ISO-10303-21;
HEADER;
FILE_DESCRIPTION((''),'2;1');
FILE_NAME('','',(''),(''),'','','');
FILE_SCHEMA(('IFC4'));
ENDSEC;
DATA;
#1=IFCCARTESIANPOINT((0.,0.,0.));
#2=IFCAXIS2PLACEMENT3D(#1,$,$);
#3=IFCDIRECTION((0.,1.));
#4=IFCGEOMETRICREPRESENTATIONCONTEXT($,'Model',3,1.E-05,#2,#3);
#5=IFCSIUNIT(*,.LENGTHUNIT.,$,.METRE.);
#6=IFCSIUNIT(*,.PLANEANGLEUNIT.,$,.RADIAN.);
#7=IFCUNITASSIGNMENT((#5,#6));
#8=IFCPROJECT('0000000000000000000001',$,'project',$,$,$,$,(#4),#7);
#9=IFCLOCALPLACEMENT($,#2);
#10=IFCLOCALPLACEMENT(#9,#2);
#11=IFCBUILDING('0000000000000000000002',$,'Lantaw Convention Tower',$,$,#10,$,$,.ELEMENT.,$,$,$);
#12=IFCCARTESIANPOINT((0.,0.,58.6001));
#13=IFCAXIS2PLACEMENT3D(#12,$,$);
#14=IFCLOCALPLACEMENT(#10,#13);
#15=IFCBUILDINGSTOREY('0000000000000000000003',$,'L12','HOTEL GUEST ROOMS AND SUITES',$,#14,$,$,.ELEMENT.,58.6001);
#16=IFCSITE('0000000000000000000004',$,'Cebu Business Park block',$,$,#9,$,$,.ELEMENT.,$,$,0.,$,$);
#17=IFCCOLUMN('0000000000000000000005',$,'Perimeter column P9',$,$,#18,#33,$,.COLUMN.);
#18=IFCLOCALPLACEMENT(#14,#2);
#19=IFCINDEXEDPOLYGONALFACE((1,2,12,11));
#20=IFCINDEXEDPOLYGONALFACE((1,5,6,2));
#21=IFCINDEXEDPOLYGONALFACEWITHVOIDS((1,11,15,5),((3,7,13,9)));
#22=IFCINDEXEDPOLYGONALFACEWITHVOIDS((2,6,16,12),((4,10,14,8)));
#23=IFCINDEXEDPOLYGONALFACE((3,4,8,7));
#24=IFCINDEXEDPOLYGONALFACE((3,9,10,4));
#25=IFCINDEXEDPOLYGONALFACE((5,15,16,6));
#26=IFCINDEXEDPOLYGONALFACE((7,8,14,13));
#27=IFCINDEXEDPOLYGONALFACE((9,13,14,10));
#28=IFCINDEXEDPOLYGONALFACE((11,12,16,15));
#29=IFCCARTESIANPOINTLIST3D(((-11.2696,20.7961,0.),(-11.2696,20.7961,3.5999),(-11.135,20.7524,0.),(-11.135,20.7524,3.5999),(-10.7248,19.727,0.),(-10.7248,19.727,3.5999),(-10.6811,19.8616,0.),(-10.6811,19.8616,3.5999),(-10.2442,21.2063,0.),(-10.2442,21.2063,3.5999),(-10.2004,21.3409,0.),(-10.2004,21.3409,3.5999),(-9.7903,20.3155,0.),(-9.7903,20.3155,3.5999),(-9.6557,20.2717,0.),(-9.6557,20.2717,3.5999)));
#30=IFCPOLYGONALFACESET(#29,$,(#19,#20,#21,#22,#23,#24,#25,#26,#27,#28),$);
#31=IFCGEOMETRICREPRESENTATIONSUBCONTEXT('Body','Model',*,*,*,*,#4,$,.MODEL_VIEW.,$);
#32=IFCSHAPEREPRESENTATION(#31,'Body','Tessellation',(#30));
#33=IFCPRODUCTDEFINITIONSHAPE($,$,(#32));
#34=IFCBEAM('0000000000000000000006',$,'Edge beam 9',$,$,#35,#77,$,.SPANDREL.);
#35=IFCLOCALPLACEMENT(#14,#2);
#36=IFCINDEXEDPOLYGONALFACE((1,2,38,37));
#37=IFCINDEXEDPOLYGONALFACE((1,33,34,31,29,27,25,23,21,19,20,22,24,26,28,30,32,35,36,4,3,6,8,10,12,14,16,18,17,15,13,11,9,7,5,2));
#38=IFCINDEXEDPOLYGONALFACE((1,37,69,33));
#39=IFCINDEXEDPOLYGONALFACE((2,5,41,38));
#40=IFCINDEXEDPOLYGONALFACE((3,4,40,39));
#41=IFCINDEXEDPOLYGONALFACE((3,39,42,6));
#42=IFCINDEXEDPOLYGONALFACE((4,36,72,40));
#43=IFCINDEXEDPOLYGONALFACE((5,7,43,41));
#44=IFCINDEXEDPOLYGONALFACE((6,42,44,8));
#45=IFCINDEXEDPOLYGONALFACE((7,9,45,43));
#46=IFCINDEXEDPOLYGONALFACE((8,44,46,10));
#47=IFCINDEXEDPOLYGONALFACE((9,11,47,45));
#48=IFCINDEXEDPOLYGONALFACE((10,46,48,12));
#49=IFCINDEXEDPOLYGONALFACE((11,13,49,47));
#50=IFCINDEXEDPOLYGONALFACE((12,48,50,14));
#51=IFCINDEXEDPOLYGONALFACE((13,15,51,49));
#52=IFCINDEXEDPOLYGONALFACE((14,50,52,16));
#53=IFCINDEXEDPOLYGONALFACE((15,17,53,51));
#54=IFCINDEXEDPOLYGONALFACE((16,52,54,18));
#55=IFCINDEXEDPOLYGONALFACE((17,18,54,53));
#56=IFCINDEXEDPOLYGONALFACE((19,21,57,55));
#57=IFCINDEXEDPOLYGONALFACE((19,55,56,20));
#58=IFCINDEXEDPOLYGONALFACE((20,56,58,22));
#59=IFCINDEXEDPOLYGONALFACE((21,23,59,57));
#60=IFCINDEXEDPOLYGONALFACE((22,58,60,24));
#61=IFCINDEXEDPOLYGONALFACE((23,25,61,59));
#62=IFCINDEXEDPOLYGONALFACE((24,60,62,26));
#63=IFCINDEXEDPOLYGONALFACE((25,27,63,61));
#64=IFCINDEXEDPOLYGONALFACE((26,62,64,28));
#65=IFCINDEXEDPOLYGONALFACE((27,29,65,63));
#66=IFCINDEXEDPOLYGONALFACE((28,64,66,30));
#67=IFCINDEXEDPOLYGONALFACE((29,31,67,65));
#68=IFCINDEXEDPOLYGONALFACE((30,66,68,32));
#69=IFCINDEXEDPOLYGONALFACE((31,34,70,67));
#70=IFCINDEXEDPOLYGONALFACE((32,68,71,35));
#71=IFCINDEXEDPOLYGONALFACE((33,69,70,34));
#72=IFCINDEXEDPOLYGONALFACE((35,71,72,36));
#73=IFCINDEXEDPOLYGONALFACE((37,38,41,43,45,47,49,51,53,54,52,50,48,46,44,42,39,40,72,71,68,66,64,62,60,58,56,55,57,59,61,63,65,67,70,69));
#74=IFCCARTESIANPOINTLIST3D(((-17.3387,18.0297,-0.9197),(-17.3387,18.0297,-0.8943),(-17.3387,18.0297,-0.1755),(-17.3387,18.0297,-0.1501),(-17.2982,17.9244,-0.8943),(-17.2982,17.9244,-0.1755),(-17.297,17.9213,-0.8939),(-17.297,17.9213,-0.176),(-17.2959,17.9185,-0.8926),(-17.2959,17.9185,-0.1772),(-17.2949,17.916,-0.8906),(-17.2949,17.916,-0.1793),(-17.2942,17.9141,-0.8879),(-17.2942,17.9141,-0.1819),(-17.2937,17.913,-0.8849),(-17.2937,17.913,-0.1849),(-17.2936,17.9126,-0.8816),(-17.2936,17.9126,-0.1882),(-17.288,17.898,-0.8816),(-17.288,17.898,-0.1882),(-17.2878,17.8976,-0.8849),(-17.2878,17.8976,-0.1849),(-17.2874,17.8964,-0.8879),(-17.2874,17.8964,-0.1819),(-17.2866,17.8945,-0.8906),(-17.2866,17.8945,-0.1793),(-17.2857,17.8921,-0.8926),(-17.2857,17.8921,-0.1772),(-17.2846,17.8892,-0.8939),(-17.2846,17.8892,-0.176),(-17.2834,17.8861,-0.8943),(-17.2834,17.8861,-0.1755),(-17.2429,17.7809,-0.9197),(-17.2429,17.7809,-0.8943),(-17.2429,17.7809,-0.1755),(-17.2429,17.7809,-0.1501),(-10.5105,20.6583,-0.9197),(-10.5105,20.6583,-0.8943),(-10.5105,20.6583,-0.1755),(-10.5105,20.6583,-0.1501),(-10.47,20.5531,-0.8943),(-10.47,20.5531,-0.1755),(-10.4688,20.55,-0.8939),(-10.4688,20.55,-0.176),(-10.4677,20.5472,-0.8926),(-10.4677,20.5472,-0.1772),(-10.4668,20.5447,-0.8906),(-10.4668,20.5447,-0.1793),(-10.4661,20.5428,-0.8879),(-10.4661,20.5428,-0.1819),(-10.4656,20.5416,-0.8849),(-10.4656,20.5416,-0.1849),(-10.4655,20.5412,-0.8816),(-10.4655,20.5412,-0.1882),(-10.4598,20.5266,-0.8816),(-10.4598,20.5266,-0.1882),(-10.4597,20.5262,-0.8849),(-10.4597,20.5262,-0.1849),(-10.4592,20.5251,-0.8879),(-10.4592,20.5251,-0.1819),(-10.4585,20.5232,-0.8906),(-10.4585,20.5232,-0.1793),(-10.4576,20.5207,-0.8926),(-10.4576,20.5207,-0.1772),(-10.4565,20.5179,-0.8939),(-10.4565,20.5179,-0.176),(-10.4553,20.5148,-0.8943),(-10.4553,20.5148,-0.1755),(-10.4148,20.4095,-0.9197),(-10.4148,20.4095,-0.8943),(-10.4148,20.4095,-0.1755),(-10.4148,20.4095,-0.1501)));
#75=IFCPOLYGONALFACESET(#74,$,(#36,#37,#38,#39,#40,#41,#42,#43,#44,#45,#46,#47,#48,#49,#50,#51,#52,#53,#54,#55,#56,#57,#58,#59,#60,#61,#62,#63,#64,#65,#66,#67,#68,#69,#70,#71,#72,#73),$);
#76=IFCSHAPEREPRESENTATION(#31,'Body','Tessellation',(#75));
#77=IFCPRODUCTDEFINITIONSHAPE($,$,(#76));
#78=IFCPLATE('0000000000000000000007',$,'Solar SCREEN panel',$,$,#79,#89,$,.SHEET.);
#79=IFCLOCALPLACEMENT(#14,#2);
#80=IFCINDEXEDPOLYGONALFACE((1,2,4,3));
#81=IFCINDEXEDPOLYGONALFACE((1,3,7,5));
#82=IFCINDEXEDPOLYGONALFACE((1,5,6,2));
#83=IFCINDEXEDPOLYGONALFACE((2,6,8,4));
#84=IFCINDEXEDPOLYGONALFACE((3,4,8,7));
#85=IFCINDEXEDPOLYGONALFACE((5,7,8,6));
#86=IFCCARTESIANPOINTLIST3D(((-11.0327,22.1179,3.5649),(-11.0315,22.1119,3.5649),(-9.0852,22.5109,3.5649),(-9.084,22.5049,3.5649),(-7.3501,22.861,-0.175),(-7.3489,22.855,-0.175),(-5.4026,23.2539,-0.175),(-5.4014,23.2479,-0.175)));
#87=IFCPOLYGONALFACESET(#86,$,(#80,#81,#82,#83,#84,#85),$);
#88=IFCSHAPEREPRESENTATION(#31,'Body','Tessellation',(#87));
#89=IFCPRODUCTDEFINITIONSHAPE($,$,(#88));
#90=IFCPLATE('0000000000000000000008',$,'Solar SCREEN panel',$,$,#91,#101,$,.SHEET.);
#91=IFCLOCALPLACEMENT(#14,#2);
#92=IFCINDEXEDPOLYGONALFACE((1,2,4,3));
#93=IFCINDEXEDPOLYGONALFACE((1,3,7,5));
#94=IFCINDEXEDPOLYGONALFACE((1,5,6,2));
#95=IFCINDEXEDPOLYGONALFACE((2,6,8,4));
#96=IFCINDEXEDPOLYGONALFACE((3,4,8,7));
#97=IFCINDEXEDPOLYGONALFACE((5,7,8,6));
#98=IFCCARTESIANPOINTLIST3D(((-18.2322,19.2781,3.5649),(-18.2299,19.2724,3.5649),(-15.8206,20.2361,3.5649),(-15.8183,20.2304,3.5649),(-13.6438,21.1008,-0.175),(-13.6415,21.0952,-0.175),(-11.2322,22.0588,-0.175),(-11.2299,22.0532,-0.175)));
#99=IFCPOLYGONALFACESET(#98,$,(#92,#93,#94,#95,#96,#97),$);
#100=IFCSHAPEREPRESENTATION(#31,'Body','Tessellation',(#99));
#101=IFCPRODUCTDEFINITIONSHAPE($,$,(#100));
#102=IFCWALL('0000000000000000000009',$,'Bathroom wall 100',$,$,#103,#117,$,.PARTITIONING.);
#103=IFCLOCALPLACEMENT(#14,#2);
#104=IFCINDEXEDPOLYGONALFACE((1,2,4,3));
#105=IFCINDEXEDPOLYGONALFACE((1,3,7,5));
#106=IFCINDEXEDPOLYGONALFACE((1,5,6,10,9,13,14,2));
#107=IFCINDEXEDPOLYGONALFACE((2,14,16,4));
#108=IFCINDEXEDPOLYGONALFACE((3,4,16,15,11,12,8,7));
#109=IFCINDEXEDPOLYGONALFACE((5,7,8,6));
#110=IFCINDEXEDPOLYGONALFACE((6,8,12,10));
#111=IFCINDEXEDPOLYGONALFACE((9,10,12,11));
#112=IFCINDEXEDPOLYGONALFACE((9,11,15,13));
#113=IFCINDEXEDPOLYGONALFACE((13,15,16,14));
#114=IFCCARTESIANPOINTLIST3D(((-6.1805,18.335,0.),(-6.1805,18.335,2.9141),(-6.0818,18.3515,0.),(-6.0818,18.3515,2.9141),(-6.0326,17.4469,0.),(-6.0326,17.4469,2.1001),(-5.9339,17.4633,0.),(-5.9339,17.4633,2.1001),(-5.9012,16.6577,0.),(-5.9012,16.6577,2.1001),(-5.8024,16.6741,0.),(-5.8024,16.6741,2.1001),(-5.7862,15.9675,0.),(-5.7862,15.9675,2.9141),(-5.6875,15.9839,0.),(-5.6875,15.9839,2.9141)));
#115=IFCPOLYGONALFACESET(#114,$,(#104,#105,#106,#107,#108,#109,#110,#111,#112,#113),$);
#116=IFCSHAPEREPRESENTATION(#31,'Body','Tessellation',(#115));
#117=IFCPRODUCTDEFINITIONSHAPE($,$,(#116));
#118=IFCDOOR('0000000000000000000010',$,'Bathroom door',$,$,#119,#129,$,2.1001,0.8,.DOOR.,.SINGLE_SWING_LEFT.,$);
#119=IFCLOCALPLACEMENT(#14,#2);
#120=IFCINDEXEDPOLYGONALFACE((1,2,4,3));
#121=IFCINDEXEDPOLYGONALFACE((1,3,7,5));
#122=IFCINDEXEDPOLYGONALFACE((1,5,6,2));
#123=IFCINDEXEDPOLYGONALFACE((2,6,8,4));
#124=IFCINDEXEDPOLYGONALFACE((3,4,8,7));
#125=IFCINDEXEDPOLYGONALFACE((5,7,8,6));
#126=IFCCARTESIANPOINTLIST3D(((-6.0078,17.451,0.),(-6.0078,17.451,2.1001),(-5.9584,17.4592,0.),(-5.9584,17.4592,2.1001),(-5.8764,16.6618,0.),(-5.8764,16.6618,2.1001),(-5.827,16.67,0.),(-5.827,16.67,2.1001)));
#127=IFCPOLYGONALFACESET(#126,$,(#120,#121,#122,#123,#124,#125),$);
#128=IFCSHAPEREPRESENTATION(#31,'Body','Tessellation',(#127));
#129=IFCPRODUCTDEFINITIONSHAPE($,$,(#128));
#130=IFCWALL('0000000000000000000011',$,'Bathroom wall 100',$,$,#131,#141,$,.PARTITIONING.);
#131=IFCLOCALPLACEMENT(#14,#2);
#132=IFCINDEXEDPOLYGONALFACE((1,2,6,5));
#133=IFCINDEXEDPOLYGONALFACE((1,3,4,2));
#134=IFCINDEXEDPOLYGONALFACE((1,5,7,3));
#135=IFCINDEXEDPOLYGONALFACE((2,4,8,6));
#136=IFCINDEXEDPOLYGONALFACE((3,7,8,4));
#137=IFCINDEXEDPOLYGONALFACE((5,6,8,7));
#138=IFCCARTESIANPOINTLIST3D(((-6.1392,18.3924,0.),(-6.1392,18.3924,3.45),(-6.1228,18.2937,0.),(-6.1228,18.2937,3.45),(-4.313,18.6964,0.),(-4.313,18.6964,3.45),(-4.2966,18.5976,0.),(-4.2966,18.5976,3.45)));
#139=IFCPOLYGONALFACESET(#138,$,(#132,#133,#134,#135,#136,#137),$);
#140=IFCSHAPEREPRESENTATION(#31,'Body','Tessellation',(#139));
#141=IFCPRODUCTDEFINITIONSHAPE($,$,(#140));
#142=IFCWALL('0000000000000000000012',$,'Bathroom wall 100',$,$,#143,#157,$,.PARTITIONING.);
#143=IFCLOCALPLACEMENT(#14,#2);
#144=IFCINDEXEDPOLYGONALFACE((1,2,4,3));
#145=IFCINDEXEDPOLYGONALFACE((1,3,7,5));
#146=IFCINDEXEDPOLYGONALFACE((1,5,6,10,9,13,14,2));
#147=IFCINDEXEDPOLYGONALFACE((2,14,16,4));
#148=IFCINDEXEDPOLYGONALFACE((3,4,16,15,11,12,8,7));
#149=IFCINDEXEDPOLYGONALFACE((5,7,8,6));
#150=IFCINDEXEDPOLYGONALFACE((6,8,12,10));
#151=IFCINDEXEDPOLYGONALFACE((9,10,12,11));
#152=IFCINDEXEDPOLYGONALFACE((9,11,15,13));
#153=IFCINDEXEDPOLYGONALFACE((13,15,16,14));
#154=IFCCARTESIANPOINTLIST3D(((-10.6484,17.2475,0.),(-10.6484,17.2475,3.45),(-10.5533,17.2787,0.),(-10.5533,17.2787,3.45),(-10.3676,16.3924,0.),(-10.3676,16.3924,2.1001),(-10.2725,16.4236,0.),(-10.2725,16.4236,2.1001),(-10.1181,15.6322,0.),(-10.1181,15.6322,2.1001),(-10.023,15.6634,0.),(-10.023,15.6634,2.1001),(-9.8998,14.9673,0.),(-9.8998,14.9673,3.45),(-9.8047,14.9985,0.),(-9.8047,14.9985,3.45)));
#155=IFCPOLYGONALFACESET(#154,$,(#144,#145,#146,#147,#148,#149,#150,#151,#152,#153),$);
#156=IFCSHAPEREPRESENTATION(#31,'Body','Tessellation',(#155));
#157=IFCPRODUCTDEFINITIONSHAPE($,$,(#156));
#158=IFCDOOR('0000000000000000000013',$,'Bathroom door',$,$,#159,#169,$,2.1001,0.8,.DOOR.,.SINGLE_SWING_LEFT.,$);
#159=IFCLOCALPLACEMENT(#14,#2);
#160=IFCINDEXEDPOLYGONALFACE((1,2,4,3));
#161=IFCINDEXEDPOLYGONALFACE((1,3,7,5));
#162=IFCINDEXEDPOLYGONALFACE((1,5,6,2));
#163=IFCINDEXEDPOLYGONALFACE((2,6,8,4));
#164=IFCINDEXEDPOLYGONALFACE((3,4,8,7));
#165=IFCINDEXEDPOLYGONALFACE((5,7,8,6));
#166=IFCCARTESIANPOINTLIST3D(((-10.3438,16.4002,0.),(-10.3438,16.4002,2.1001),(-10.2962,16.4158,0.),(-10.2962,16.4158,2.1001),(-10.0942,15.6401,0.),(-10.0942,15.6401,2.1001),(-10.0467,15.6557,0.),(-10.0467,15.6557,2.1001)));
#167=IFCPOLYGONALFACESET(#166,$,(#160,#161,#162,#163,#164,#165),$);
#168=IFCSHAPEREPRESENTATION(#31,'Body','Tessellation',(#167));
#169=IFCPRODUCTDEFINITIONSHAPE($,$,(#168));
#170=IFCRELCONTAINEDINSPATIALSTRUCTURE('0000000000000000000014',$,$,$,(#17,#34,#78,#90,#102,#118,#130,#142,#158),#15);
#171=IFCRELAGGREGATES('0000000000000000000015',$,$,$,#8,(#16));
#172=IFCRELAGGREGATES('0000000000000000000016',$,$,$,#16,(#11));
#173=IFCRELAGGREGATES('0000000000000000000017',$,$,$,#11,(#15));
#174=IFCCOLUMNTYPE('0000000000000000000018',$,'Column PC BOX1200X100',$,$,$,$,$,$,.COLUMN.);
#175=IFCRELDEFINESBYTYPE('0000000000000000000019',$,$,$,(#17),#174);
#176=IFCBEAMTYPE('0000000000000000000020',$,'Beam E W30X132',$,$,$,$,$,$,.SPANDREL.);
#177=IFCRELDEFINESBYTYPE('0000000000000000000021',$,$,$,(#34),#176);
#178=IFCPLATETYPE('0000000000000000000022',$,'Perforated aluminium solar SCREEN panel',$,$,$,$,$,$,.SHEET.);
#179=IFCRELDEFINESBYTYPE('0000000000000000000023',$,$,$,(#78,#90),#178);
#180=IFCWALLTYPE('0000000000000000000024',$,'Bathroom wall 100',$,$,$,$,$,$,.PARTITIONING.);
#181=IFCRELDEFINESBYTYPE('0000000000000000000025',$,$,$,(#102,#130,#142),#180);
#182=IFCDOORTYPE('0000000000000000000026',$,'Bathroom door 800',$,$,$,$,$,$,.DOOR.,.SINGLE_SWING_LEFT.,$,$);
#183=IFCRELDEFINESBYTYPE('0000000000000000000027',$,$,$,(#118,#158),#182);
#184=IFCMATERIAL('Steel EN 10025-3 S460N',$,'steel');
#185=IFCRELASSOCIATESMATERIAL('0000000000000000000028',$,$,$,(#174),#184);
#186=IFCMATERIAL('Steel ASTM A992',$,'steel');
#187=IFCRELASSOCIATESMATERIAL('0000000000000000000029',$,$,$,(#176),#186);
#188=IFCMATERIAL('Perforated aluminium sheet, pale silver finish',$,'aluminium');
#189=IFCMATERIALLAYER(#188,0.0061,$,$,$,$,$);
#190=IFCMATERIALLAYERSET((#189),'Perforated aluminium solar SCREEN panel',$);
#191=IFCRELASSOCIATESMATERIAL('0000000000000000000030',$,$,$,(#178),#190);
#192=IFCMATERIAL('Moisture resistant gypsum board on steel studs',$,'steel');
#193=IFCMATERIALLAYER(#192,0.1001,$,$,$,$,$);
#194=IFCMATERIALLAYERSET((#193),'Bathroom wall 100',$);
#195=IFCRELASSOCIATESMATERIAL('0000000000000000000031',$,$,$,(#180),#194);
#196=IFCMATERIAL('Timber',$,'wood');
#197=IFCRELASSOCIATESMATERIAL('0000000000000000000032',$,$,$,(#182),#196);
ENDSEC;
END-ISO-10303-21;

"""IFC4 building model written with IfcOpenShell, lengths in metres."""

from ifc_helpers import new_model, si_unit, direction, frame, frame_2d, origin, origin_2d, place, context, subcontext, project, spatial, polyline, rectangle, hollow_rectangle, i_section, outline, extrude, material, layer, layer_set, material_profile, profile_set, type_object, element, fill, save


model = new_model("IFC4")

# Units and contexts
model_context = context("Model", 3, precision=1e-05, world=origin(), true_north=direction((0.0, 1.0)))
body_context = subcontext(model_context, "Body", "Model", "MODEL_VIEW")
ifc_project = project(units=[si_unit("LENGTHUNIT", "METRE"), si_unit("PLANEANGLEUNIT", "RADIAN")], contexts=[model_context])

# Site, building, storey
site_placement = place(None, origin())
site = spatial("IfcSite", under=ifc_project, at=site_placement, Name="Cebu Business Park block", CompositionType="ELEMENT", RefElevation=0.0)
building_placement = place(site_placement, origin())
building = spatial("IfcBuilding", under=site, at=building_placement, Name="Lantaw Convention Tower", CompositionType="ELEMENT")
storey_placement = place(building_placement, frame((0.0, 0.0, 58.6001)))
storey = spatial("IfcBuildingStorey", under=building, at=storey_placement, Name="L12", Description="HOTEL GUEST ROOMS AND SUITES", CompositionType="ELEMENT", Elevation=58.6001)

# Column
ifc_material_1 = material(Name="Steel EN 10025-3 S460N", Category="steel")
ifc_material_profile_1 = material_profile(ifc_material_1, hollow_rectangle(XDim=1.2, YDim=1.2, WallThickness=0.1001, at=origin_2d()), Name="BOX1200X100")
ifc_material_2 = material(Name="Concrete C60/75", Category="concrete")
ifc_material_profile_2 = material_profile(ifc_material_2, rectangle(XDim=1.0, YDim=1.0, at=origin_2d()), Name="Concrete fill of BOX1200X100")
ifc_profile_set_1 = profile_set([ifc_material_profile_1, ifc_material_profile_2], Name="Steel EN 10025-3 S460N")
column_type = type_object("IfcColumnType", Name="Column PC BOX1200X100", PredefinedType="COLUMN", material=ifc_profile_set_1)
column_placement = place(storey_placement, frame((-10.4626, 20.5339, 0.0), z_axis=(0.0, 0.0, 1.0), x_axis=(0.891007, 0.45399, 0.0)))
element("IfcColumn", 1, at=column_placement, inside=storey, type_object=column_type, Name="Perimeter column P9", PredefinedType="COLUMN", context=body_context, shape_type="SweptSolid", body=[
    extrude(hollow_rectangle(XDim=1.2, YDim=1.2, WallThickness=0.1001, at=origin_2d()), origin(), (0.0, 0.0, 1.0), 3.5999),
])

# Beam
ifc_material_3 = material(Name="Steel ASTM A992", Category="steel")
ifc_material_profile_3 = material_profile(ifc_material_3, i_section(OverallWidth=0.2666, OverallDepth=0.7695, WebThickness=0.0156, FlangeThickness=0.0254, FilletRadius=0.0127, at=origin_2d()), Name="W30X132")
ifc_profile_set_2 = profile_set([ifc_material_profile_3], Name="Steel ASTM A992")
beam_type = type_object("IfcBeamType", Name="Beam E W30X132", PredefinedType="SPANDREL", material=ifc_profile_set_2)
beam_placement = place(storey_placement, frame((-10.4626, 20.5339, -0.5349), z_axis=(-0.933233, -0.359272, 0.0), x_axis=(0.359272, -0.933233, 0.0)))
element("IfcBeam", 2, at=beam_placement, inside=storey, type_object=beam_type, Name="Edge beam 9", PredefinedType="SPANDREL", context=body_context, shape_type="SweptSolid", body=[
    extrude(i_section(OverallWidth=0.2666, OverallDepth=0.7695, WebThickness=0.0156, FlangeThickness=0.0254, FilletRadius=0.0127, at=origin_2d()), origin(), (0.0, 0.0, 1.0), 7.3167),
])

# Plates
ifc_material_4 = material(Name="Perforated aluminium sheet, pale silver finish", Category="aluminium")
ifc_layer_1 = layer(ifc_material_4, 0.0061)
ifc_layer_set_1 = layer_set([ifc_layer_1], Name="Perforated aluminium solar SCREEN panel")
plate_type = type_object("IfcPlateType", Name="Perforated aluminium solar SCREEN panel", PredefinedType="SHEET", material=ifc_layer_set_1)
plate_1_placement = place(storey_placement, frame((-5.4026, 23.2539, -0.175), z_axis=(-0.197782, 0.980246, 0.000002), x_axis=(-0.980246, -0.197782, 0.0)))
element("IfcPlate", 3, at=plate_1_placement, inside=storey, type_object=plate_type, Name="Solar SCREEN panel", PredefinedType="SHEET", context=body_context, shape_type="SweptSolid", body=[
    extrude(outline(polyline([(0.0, 0.0), (1.9867, 0.0), (5.7436, 3.74), (3.7568, 3.74), (0.0, 0.0)])), origin(), (0.0, 0.0, -1.0), 0.0061),
])
plate_2_placement = place(storey_placement, frame((-11.2322, 22.0588, -0.175), z_axis=(-0.369184, 0.929357, 0.000009), x_axis=(-0.929357, -0.369184, 0.0)))
element("IfcPlate", 4, at=plate_2_placement, inside=storey, type_object=plate_type, Name="Solar SCREEN panel", PredefinedType="SHEET", context=body_context, shape_type="SweptSolid", body=[
    extrude(outline(polyline([(0.0, 0.0), (2.5949, 0.0), (7.5321, 3.74), (4.9372, 3.74), (0.0, 0.0)])), origin(), (0.0, 0.0, -1.0), 0.0061),
])

# Wall, opening, door
ifc_material_5 = material(Name="Moisture resistant gypsum board on steel studs", Category="steel")
ifc_layer_2 = layer(ifc_material_5, 0.1001)
ifc_layer_set_2 = layer_set([ifc_layer_2], Name="Bathroom wall 100")
wall_type_1 = type_object("IfcWallType", Name="Bathroom wall 100", PredefinedType="PARTITIONING", material=ifc_layer_set_2)
wall_1_placement = place(storey_placement, frame((-5.7368, 15.9756, 0.0), z_axis=(0.0, 0.0, 1.0), x_axis=(-0.164284, 0.986413, 0.0)))
wall_1 = element("IfcWall", 5, at=wall_1_placement, inside=storey, type_object=wall_type_1, Name="Bathroom wall 100", PredefinedType="PARTITIONING", context=body_context, shape_type="SweptSolid", body=[
    extrude(rectangle(XDim=2.4001, YDim=0.1001, at=frame_2d((1.2002, 0.0))), origin(), (0.0, 0.0, 1.0), 2.9141),
])
opening_1_placement = place(wall_1_placement, frame((0.7, 0.0, 0.0)))
opening_1 = element("IfcOpeningElement", 6, at=opening_1_placement, cuts=wall_1, PredefinedType="OPENING", context=body_context, shape_type="SweptSolid", body=[
    extrude(rectangle(XDim=0.8, YDim=2.1001, at=frame_2d((0.3999, 1.05))), frame((0.0, 0.0601, 0.0), z_axis=(0.0, -1.0, 0.0), x_axis=(1.0, 0.0, 0.0)), (0.0, 0.0, 1.0), 0.1201),
])
ifc_material_6 = material(Name="Timber", Category="wood")
door_type_1 = type_object("IfcDoorType", Name="Bathroom door 800", OperationType="SINGLE_SWING_LEFT", PredefinedType="DOOR", material=ifc_material_6)
door_1_placement = place(opening_1_placement, origin())
door_1 = element("IfcDoor", 7, at=door_1_placement, inside=storey, type_object=door_type_1, Name="Bathroom door", OperationType="SINGLE_SWING_LEFT", OverallHeight=2.1001, OverallWidth=0.8, PredefinedType="DOOR", context=body_context, shape_type="SweptSolid", body=[
    extrude(rectangle(XDim=0.8, YDim=2.1001, at=frame_2d((0.3999, 1.05))), frame((0.0, 0.0249, 0.0), z_axis=(0.0, -1.0, 0.0), x_axis=(1.0, 0.0, 0.0)), (0.0, 0.0, 1.0), 0.05),
])
fill(opening_1, door_1)

# Wall
wall_2_placement = place(storey_placement, frame((-6.1311, 18.343, 0.0), z_axis=(0.0, 0.0, 1.0), x_axis=(0.98643, 0.164185, 0.0)))
element("IfcWall", 8, at=wall_2_placement, inside=storey, type_object=wall_type_1, Name="Bathroom wall 100", PredefinedType="PARTITIONING", context=body_context, shape_type="SweptSolid", body=[
    extrude(rectangle(XDim=1.8513, YDim=0.1001, at=frame_2d((0.9258, 0.0))), origin(), (0.0, 0.0, 1.0), 3.45),
])

# Wall, opening, door
wall_3_placement = place(storey_placement, frame((-9.8523, 14.9829, 0.0), z_axis=(0.0, 0.0, 1.0), x_axis=(-0.311891, 0.950118, 0.0)))
wall_3 = element("IfcWall", 9, at=wall_3_placement, inside=storey, type_object=wall_type_1, Name="Bathroom wall 100", PredefinedType="PARTITIONING", context=body_context, shape_type="SweptSolid", body=[
    extrude(rectangle(XDim=2.3999, YDim=0.1001, at=frame_2d((1.2, 0.0))), origin(), (0.0, 0.0, 1.0), 3.45),
])
opening_2_placement = place(wall_3_placement, frame((0.7, 0.0, 0.0)))
opening_2 = element("IfcOpeningElement", 10, at=opening_2_placement, cuts=wall_3, PredefinedType="OPENING", context=body_context, shape_type="SweptSolid", body=[
    extrude(rectangle(XDim=0.8, YDim=2.1001, at=frame_2d((0.3999, 1.05))), frame((0.0, 0.0601, 0.0), z_axis=(0.0, -1.0, 0.0), x_axis=(1.0, 0.0, 0.0)), (0.0, 0.0, 1.0), 0.1201),
])
door_2_placement = place(opening_2_placement, origin())
door_2 = element("IfcDoor", 11, at=door_2_placement, inside=storey, type_object=door_type_1, Name="Bathroom door", OperationType="SINGLE_SWING_LEFT", OverallHeight=2.1001, OverallWidth=0.8, PredefinedType="DOOR", context=body_context, shape_type="SweptSolid", body=[
    extrude(rectangle(XDim=0.8, YDim=2.1001, at=frame_2d((0.3999, 1.05))), frame((0.0, 0.0249, 0.0), z_axis=(0.0, -1.0, 0.0), x_axis=(1.0, 0.0, 0.0)), (0.0, 0.0, 1.0), 0.05),
])
fill(opening_2, door_2)

save(model, "model.ifc")
